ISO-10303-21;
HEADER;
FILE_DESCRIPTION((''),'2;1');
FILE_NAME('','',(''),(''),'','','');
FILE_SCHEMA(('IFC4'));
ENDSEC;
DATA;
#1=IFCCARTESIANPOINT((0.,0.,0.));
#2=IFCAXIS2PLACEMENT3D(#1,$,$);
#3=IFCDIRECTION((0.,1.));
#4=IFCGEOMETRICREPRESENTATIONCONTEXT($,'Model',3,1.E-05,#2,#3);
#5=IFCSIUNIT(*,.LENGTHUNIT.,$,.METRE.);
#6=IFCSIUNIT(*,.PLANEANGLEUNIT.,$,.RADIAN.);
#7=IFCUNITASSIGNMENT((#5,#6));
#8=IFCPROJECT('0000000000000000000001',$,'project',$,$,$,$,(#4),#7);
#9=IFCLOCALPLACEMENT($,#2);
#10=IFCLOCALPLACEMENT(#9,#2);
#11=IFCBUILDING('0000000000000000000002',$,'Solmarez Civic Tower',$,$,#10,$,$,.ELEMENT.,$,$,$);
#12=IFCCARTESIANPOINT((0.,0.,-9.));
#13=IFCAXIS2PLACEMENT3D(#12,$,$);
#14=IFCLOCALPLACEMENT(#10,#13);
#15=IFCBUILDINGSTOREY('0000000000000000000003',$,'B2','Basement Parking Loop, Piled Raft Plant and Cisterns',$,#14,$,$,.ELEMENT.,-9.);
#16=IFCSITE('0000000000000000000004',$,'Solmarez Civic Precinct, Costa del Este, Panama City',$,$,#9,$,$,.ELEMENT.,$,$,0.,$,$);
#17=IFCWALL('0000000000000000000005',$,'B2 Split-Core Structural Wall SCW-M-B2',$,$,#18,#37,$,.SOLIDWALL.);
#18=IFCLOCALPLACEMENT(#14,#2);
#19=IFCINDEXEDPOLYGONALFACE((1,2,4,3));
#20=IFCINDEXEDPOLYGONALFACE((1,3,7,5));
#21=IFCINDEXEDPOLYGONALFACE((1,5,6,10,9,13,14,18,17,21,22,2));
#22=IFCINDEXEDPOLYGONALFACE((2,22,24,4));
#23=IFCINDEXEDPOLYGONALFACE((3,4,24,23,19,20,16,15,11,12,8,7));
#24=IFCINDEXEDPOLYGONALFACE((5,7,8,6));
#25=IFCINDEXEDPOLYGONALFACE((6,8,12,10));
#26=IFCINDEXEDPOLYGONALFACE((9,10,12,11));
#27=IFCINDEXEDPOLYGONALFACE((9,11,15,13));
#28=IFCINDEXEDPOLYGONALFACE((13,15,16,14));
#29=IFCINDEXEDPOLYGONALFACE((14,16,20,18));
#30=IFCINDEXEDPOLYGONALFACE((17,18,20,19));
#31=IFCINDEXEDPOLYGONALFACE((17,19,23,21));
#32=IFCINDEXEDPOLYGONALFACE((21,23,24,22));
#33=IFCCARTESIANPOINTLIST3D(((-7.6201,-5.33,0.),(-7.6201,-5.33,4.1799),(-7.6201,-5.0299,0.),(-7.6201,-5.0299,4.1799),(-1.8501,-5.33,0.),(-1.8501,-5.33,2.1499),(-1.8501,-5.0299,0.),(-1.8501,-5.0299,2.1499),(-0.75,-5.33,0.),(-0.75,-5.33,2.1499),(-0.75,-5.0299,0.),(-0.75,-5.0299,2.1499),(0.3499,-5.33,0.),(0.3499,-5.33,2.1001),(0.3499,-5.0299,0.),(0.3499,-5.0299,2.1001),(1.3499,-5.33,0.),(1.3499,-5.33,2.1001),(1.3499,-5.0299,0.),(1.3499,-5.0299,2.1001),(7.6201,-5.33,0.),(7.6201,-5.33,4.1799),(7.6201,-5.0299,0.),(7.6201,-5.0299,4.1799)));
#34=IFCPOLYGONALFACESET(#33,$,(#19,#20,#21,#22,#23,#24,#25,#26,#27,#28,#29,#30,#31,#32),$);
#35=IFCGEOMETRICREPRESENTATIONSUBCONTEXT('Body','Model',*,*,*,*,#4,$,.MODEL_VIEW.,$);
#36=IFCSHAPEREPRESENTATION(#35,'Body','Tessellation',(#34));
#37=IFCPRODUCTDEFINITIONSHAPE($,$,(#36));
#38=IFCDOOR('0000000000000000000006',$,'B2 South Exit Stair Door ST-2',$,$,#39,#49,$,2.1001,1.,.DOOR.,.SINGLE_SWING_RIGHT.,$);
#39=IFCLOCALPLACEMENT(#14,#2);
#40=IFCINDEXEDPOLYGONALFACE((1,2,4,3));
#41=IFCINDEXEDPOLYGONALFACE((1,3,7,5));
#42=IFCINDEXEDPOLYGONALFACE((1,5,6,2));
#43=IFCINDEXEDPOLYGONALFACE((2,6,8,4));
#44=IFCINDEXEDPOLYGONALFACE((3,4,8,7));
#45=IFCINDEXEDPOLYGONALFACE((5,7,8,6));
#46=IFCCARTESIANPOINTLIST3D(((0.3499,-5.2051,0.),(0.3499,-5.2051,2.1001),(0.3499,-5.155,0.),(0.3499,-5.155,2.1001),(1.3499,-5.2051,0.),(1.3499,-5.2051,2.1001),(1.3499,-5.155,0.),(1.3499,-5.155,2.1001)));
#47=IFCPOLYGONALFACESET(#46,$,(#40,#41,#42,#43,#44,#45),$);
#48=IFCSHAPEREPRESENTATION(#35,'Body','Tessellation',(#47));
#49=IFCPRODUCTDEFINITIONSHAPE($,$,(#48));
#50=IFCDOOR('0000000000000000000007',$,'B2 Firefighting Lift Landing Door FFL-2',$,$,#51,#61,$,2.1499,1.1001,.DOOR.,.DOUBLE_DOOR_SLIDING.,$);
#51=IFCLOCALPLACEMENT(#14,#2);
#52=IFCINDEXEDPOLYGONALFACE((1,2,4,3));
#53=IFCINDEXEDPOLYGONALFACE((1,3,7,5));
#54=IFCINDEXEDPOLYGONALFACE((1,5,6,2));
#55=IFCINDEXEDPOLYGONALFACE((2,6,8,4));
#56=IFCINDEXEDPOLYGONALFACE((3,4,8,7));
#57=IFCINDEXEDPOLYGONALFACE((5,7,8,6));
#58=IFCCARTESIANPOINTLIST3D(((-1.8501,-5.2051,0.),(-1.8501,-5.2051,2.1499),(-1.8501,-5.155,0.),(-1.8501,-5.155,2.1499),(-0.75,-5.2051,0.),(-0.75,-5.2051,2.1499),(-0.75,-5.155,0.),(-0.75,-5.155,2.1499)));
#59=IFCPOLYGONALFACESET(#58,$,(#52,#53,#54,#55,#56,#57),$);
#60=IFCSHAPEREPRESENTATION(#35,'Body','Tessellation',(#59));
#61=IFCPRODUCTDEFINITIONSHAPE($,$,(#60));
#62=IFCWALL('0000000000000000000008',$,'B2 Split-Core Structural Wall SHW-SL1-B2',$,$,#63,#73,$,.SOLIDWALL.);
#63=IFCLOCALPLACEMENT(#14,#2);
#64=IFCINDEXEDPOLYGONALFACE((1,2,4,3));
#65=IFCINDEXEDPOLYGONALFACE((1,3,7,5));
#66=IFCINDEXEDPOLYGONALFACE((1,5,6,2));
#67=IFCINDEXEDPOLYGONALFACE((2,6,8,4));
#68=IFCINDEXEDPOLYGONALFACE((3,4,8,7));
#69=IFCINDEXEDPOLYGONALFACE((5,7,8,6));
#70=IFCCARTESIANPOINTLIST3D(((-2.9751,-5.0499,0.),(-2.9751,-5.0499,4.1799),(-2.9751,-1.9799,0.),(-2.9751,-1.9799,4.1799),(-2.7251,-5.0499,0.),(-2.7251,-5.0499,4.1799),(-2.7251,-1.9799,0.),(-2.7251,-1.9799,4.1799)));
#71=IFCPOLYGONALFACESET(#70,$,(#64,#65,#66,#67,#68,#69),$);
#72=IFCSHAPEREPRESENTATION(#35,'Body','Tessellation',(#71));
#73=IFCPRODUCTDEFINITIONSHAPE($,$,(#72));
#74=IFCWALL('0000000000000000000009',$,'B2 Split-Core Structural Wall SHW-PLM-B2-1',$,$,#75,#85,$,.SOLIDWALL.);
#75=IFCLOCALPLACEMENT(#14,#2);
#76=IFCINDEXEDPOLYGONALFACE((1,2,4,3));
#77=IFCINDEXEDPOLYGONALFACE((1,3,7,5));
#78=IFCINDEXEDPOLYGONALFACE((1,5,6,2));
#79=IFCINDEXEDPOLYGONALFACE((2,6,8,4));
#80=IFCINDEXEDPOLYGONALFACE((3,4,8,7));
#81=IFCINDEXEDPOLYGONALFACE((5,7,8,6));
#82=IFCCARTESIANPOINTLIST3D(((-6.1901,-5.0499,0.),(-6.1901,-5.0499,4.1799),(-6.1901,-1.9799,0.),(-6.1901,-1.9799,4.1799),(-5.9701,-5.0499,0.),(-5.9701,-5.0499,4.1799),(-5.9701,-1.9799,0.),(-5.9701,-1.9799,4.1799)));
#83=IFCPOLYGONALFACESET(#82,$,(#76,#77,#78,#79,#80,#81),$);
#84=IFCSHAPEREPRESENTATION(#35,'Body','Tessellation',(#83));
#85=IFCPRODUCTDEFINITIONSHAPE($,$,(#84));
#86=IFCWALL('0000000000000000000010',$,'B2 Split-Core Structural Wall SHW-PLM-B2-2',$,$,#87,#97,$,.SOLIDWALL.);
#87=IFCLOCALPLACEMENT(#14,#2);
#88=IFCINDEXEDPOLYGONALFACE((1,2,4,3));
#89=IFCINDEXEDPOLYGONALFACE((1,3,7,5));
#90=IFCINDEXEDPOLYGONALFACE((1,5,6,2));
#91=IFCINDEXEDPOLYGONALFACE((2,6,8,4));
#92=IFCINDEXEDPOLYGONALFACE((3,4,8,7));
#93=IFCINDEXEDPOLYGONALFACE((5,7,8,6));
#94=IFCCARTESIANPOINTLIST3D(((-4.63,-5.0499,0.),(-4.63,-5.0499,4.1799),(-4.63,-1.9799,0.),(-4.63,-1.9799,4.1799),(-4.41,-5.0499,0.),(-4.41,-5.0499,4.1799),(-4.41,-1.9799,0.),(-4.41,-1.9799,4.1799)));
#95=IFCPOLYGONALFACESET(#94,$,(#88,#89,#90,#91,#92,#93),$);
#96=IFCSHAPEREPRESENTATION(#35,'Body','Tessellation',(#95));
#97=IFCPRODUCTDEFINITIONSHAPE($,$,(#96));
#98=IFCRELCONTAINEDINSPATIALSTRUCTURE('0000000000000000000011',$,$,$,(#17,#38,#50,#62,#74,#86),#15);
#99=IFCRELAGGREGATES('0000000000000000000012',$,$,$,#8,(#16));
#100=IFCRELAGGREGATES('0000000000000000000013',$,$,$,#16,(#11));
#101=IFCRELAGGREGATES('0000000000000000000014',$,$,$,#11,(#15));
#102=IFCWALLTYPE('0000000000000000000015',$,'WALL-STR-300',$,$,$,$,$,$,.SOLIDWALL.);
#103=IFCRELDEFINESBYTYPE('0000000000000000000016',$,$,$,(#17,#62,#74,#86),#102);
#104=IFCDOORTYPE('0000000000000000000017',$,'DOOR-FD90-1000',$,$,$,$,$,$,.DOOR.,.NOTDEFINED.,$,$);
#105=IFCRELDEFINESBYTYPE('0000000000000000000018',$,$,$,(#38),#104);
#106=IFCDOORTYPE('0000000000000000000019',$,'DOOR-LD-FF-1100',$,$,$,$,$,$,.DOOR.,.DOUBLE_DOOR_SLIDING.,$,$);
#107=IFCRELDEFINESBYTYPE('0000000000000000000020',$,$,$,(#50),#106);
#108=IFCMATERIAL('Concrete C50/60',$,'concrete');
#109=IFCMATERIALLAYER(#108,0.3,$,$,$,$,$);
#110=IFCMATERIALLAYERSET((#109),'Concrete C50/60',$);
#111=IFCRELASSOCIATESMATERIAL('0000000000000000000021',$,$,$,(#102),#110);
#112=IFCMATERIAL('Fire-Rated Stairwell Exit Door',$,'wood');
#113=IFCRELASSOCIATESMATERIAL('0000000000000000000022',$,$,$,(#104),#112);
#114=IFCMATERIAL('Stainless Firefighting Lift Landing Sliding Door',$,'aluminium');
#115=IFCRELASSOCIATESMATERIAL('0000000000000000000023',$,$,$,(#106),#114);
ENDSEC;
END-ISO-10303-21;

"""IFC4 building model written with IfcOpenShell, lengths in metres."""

from ifc_helpers import new_model, si_unit, direction, frame, frame_2d, origin, place, context, subcontext, project, spatial, rectangle, extrude, material, layer, layer_set, type_object, element, fill, save


model = new_model("IFC4")

# Units and contexts
model_context = context("Model", 3, precision=1e-05, world=origin(), true_north=direction((0.0, 1.0)))
body_context = subcontext(model_context, "Body", "Model", "MODEL_VIEW")
ifc_project = project(units=[si_unit("LENGTHUNIT", "METRE"), si_unit("PLANEANGLEUNIT", "RADIAN")], contexts=[model_context])

# Site, building, storey
site_placement = place(None, origin())
site = spatial("IfcSite", under=ifc_project, at=site_placement, Name="Solmarez Civic Precinct, Costa del Este, Panama City", CompositionType="ELEMENT", RefElevation=0.0)
building_placement = place(site_placement, origin())
building = spatial("IfcBuilding", under=site, at=building_placement, Name="Solmarez Civic Tower", CompositionType="ELEMENT")
storey_placement = place(building_placement, frame((0.0, 0.0, -9.0)))
storey = spatial("IfcBuildingStorey", under=building, at=storey_placement, Name="B2", Description="Basement Parking Loop, Piled Raft Plant and Cisterns", CompositionType="ELEMENT", Elevation=-9.0)

# Shared definitions
ifc_material_1 = material(Name="Concrete C50/60", Category="concrete")

# Wall, openings, doors
ifc_layer_1 = layer(ifc_material_1, 0.3)
ifc_layer_set_1 = layer_set([ifc_layer_1], Name="Concrete C50/60")
wall_type_1 = type_object("IfcWallType", Name="WALL-STR-300", PredefinedType="SOLIDWALL", material=ifc_layer_set_1)
wall_1_placement = place(storey_placement, frame((-7.6201, -5.1799, 0.0), z_axis=(0.0, 0.0, 1.0), x_axis=(1.0, 0.0, 0.0)))
wall_1 = element("IfcWall", 1, at=wall_1_placement, inside=storey, type_object=wall_type_1, Name="B2 Split-Core Structural Wall SCW-M-B2", PredefinedType="SOLIDWALL", context=body_context, shape_type="SweptSolid", body=[
    extrude(rectangle(XDim=15.2402, YDim=0.3, at=frame_2d((7.6201, 0.0))), origin(), (0.0, 0.0, 1.0), 4.1799),
])
opening_1_placement = place(wall_1_placement, frame((5.77, 0.0, 0.0)))
opening_1 = element("IfcOpeningElement", 2, at=opening_1_placement, cuts=wall_1, PredefinedType="OPENING", context=body_context, shape_type="SweptSolid", body=[
    extrude(rectangle(XDim=1.1001, YDim=2.1499, at=frame_2d((0.55, 1.075))), frame((0.0, 0.1599, 0.0), z_axis=(0.0, -1.0, 0.0), x_axis=(1.0, 0.0, 0.0)), (0.0, 0.0, 1.0), 0.3201),
])
opening_2_placement = place(wall_1_placement, frame((7.97, 0.0, 0.0)))
opening_2 = element("IfcOpeningElement", 3, at=opening_2_placement, cuts=wall_1, PredefinedType="OPENING", context=body_context, shape_type="SweptSolid", body=[
    extrude(rectangle(XDim=1.0, YDim=2.1001, at=frame_2d((0.5, 1.05))), frame((0.0, 0.1599, 0.0), z_axis=(0.0, -1.0, 0.0), x_axis=(1.0, 0.0, 0.0)), (0.0, 0.0, 1.0), 0.3201),
])
ifc_material_2 = material(Name="Fire-Rated Stairwell Exit Door", Category="wood")
door_type_1 = type_object("IfcDoorType", Name="DOOR-FD90-1000", OperationType="NOTDEFINED", PredefinedType="DOOR", material=ifc_material_2)
door_1_placement = place(opening_2_placement, origin())
door_1 = element("IfcDoor", 4, at=door_1_placement, inside=storey, type_object=door_type_1, Name="B2 South Exit Stair Door ST-2", OperationType="SINGLE_SWING_RIGHT", OverallHeight=2.1001, OverallWidth=1.0, PredefinedType="DOOR", context=body_context, shape_type="SweptSolid", body=[
    extrude(rectangle(XDim=1.0, YDim=2.1001, at=frame_2d((0.5, 1.05))), frame((0.0, 0.0249, 0.0), z_axis=(0.0, -1.0, 0.0), x_axis=(1.0, 0.0, 0.0)), (0.0, 0.0, 1.0), 0.05),
])
fill(opening_2, door_1)
ifc_material_3 = material(Name="Stainless Firefighting Lift Landing Sliding Door", Category="aluminium")
door_type_2 = type_object("IfcDoorType", Name="DOOR-LD-FF-1100", OperationType="DOUBLE_DOOR_SLIDING", PredefinedType="DOOR", material=ifc_material_3)
door_2_placement = place(opening_1_placement, origin())
door_2 = element("IfcDoor", 5, at=door_2_placement, inside=storey, type_object=door_type_2, Name="B2 Firefighting Lift Landing Door FFL-2", OperationType="DOUBLE_DOOR_SLIDING", OverallHeight=2.1499, OverallWidth=1.1001, PredefinedType="DOOR", context=body_context, shape_type="SweptSolid", body=[
    extrude(rectangle(XDim=1.1001, YDim=2.1499, at=frame_2d((0.55, 1.075))), frame((0.0, 0.0249, 0.0), z_axis=(0.0, -1.0, 0.0), x_axis=(1.0, 0.0, 0.0)), (0.0, 0.0, 1.0), 0.05),
])
fill(opening_1, door_2)

# Walls
wall_2_placement = place(storey_placement, frame((-2.8501, -5.05, 0.0), z_axis=(0.0, 0.0, 1.0), x_axis=(0.0, 1.0, 0.0)))
element("IfcWall", 6, at=wall_2_placement, inside=storey, type_object=wall_type_1, Name="B2 Split-Core Structural Wall SHW-SL1-B2", PredefinedType="SOLIDWALL", context=body_context, shape_type="SweptSolid", body=[
    extrude(rectangle(XDim=3.0701, YDim=0.25, at=frame_2d((1.5352, 0.0))), origin(), (0.0, 0.0, 1.0), 4.1799),
])
for number, where, z_axis, x_axis, name in (
    (7, (-6.0801, -5.05, 0.0), (0.0, 0.0, 1.0), (0.0, 1.0, 0.0), "B2 Split-Core Structural Wall SHW-PLM-B2-1"),
    (8, (-4.52, -5.05, 0.0), (0.0, 0.0, 1.0), (0.0, 1.0, 0.0), "B2 Split-Core Structural Wall SHW-PLM-B2-2"),
):
    element("IfcWall", number, at=place(storey_placement, frame(where, z_axis=z_axis, x_axis=x_axis)), inside=storey, type_object=wall_type_1, Name=name, PredefinedType="SOLIDWALL", context=body_context, shape_type="SweptSolid", body=[
        extrude(rectangle(XDim=3.0701, YDim=0.22, at=frame_2d((1.5352, 0.0))), origin(), (0.0, 0.0, 1.0), 4.1799),
    ])

save(model, "model.ifc")
